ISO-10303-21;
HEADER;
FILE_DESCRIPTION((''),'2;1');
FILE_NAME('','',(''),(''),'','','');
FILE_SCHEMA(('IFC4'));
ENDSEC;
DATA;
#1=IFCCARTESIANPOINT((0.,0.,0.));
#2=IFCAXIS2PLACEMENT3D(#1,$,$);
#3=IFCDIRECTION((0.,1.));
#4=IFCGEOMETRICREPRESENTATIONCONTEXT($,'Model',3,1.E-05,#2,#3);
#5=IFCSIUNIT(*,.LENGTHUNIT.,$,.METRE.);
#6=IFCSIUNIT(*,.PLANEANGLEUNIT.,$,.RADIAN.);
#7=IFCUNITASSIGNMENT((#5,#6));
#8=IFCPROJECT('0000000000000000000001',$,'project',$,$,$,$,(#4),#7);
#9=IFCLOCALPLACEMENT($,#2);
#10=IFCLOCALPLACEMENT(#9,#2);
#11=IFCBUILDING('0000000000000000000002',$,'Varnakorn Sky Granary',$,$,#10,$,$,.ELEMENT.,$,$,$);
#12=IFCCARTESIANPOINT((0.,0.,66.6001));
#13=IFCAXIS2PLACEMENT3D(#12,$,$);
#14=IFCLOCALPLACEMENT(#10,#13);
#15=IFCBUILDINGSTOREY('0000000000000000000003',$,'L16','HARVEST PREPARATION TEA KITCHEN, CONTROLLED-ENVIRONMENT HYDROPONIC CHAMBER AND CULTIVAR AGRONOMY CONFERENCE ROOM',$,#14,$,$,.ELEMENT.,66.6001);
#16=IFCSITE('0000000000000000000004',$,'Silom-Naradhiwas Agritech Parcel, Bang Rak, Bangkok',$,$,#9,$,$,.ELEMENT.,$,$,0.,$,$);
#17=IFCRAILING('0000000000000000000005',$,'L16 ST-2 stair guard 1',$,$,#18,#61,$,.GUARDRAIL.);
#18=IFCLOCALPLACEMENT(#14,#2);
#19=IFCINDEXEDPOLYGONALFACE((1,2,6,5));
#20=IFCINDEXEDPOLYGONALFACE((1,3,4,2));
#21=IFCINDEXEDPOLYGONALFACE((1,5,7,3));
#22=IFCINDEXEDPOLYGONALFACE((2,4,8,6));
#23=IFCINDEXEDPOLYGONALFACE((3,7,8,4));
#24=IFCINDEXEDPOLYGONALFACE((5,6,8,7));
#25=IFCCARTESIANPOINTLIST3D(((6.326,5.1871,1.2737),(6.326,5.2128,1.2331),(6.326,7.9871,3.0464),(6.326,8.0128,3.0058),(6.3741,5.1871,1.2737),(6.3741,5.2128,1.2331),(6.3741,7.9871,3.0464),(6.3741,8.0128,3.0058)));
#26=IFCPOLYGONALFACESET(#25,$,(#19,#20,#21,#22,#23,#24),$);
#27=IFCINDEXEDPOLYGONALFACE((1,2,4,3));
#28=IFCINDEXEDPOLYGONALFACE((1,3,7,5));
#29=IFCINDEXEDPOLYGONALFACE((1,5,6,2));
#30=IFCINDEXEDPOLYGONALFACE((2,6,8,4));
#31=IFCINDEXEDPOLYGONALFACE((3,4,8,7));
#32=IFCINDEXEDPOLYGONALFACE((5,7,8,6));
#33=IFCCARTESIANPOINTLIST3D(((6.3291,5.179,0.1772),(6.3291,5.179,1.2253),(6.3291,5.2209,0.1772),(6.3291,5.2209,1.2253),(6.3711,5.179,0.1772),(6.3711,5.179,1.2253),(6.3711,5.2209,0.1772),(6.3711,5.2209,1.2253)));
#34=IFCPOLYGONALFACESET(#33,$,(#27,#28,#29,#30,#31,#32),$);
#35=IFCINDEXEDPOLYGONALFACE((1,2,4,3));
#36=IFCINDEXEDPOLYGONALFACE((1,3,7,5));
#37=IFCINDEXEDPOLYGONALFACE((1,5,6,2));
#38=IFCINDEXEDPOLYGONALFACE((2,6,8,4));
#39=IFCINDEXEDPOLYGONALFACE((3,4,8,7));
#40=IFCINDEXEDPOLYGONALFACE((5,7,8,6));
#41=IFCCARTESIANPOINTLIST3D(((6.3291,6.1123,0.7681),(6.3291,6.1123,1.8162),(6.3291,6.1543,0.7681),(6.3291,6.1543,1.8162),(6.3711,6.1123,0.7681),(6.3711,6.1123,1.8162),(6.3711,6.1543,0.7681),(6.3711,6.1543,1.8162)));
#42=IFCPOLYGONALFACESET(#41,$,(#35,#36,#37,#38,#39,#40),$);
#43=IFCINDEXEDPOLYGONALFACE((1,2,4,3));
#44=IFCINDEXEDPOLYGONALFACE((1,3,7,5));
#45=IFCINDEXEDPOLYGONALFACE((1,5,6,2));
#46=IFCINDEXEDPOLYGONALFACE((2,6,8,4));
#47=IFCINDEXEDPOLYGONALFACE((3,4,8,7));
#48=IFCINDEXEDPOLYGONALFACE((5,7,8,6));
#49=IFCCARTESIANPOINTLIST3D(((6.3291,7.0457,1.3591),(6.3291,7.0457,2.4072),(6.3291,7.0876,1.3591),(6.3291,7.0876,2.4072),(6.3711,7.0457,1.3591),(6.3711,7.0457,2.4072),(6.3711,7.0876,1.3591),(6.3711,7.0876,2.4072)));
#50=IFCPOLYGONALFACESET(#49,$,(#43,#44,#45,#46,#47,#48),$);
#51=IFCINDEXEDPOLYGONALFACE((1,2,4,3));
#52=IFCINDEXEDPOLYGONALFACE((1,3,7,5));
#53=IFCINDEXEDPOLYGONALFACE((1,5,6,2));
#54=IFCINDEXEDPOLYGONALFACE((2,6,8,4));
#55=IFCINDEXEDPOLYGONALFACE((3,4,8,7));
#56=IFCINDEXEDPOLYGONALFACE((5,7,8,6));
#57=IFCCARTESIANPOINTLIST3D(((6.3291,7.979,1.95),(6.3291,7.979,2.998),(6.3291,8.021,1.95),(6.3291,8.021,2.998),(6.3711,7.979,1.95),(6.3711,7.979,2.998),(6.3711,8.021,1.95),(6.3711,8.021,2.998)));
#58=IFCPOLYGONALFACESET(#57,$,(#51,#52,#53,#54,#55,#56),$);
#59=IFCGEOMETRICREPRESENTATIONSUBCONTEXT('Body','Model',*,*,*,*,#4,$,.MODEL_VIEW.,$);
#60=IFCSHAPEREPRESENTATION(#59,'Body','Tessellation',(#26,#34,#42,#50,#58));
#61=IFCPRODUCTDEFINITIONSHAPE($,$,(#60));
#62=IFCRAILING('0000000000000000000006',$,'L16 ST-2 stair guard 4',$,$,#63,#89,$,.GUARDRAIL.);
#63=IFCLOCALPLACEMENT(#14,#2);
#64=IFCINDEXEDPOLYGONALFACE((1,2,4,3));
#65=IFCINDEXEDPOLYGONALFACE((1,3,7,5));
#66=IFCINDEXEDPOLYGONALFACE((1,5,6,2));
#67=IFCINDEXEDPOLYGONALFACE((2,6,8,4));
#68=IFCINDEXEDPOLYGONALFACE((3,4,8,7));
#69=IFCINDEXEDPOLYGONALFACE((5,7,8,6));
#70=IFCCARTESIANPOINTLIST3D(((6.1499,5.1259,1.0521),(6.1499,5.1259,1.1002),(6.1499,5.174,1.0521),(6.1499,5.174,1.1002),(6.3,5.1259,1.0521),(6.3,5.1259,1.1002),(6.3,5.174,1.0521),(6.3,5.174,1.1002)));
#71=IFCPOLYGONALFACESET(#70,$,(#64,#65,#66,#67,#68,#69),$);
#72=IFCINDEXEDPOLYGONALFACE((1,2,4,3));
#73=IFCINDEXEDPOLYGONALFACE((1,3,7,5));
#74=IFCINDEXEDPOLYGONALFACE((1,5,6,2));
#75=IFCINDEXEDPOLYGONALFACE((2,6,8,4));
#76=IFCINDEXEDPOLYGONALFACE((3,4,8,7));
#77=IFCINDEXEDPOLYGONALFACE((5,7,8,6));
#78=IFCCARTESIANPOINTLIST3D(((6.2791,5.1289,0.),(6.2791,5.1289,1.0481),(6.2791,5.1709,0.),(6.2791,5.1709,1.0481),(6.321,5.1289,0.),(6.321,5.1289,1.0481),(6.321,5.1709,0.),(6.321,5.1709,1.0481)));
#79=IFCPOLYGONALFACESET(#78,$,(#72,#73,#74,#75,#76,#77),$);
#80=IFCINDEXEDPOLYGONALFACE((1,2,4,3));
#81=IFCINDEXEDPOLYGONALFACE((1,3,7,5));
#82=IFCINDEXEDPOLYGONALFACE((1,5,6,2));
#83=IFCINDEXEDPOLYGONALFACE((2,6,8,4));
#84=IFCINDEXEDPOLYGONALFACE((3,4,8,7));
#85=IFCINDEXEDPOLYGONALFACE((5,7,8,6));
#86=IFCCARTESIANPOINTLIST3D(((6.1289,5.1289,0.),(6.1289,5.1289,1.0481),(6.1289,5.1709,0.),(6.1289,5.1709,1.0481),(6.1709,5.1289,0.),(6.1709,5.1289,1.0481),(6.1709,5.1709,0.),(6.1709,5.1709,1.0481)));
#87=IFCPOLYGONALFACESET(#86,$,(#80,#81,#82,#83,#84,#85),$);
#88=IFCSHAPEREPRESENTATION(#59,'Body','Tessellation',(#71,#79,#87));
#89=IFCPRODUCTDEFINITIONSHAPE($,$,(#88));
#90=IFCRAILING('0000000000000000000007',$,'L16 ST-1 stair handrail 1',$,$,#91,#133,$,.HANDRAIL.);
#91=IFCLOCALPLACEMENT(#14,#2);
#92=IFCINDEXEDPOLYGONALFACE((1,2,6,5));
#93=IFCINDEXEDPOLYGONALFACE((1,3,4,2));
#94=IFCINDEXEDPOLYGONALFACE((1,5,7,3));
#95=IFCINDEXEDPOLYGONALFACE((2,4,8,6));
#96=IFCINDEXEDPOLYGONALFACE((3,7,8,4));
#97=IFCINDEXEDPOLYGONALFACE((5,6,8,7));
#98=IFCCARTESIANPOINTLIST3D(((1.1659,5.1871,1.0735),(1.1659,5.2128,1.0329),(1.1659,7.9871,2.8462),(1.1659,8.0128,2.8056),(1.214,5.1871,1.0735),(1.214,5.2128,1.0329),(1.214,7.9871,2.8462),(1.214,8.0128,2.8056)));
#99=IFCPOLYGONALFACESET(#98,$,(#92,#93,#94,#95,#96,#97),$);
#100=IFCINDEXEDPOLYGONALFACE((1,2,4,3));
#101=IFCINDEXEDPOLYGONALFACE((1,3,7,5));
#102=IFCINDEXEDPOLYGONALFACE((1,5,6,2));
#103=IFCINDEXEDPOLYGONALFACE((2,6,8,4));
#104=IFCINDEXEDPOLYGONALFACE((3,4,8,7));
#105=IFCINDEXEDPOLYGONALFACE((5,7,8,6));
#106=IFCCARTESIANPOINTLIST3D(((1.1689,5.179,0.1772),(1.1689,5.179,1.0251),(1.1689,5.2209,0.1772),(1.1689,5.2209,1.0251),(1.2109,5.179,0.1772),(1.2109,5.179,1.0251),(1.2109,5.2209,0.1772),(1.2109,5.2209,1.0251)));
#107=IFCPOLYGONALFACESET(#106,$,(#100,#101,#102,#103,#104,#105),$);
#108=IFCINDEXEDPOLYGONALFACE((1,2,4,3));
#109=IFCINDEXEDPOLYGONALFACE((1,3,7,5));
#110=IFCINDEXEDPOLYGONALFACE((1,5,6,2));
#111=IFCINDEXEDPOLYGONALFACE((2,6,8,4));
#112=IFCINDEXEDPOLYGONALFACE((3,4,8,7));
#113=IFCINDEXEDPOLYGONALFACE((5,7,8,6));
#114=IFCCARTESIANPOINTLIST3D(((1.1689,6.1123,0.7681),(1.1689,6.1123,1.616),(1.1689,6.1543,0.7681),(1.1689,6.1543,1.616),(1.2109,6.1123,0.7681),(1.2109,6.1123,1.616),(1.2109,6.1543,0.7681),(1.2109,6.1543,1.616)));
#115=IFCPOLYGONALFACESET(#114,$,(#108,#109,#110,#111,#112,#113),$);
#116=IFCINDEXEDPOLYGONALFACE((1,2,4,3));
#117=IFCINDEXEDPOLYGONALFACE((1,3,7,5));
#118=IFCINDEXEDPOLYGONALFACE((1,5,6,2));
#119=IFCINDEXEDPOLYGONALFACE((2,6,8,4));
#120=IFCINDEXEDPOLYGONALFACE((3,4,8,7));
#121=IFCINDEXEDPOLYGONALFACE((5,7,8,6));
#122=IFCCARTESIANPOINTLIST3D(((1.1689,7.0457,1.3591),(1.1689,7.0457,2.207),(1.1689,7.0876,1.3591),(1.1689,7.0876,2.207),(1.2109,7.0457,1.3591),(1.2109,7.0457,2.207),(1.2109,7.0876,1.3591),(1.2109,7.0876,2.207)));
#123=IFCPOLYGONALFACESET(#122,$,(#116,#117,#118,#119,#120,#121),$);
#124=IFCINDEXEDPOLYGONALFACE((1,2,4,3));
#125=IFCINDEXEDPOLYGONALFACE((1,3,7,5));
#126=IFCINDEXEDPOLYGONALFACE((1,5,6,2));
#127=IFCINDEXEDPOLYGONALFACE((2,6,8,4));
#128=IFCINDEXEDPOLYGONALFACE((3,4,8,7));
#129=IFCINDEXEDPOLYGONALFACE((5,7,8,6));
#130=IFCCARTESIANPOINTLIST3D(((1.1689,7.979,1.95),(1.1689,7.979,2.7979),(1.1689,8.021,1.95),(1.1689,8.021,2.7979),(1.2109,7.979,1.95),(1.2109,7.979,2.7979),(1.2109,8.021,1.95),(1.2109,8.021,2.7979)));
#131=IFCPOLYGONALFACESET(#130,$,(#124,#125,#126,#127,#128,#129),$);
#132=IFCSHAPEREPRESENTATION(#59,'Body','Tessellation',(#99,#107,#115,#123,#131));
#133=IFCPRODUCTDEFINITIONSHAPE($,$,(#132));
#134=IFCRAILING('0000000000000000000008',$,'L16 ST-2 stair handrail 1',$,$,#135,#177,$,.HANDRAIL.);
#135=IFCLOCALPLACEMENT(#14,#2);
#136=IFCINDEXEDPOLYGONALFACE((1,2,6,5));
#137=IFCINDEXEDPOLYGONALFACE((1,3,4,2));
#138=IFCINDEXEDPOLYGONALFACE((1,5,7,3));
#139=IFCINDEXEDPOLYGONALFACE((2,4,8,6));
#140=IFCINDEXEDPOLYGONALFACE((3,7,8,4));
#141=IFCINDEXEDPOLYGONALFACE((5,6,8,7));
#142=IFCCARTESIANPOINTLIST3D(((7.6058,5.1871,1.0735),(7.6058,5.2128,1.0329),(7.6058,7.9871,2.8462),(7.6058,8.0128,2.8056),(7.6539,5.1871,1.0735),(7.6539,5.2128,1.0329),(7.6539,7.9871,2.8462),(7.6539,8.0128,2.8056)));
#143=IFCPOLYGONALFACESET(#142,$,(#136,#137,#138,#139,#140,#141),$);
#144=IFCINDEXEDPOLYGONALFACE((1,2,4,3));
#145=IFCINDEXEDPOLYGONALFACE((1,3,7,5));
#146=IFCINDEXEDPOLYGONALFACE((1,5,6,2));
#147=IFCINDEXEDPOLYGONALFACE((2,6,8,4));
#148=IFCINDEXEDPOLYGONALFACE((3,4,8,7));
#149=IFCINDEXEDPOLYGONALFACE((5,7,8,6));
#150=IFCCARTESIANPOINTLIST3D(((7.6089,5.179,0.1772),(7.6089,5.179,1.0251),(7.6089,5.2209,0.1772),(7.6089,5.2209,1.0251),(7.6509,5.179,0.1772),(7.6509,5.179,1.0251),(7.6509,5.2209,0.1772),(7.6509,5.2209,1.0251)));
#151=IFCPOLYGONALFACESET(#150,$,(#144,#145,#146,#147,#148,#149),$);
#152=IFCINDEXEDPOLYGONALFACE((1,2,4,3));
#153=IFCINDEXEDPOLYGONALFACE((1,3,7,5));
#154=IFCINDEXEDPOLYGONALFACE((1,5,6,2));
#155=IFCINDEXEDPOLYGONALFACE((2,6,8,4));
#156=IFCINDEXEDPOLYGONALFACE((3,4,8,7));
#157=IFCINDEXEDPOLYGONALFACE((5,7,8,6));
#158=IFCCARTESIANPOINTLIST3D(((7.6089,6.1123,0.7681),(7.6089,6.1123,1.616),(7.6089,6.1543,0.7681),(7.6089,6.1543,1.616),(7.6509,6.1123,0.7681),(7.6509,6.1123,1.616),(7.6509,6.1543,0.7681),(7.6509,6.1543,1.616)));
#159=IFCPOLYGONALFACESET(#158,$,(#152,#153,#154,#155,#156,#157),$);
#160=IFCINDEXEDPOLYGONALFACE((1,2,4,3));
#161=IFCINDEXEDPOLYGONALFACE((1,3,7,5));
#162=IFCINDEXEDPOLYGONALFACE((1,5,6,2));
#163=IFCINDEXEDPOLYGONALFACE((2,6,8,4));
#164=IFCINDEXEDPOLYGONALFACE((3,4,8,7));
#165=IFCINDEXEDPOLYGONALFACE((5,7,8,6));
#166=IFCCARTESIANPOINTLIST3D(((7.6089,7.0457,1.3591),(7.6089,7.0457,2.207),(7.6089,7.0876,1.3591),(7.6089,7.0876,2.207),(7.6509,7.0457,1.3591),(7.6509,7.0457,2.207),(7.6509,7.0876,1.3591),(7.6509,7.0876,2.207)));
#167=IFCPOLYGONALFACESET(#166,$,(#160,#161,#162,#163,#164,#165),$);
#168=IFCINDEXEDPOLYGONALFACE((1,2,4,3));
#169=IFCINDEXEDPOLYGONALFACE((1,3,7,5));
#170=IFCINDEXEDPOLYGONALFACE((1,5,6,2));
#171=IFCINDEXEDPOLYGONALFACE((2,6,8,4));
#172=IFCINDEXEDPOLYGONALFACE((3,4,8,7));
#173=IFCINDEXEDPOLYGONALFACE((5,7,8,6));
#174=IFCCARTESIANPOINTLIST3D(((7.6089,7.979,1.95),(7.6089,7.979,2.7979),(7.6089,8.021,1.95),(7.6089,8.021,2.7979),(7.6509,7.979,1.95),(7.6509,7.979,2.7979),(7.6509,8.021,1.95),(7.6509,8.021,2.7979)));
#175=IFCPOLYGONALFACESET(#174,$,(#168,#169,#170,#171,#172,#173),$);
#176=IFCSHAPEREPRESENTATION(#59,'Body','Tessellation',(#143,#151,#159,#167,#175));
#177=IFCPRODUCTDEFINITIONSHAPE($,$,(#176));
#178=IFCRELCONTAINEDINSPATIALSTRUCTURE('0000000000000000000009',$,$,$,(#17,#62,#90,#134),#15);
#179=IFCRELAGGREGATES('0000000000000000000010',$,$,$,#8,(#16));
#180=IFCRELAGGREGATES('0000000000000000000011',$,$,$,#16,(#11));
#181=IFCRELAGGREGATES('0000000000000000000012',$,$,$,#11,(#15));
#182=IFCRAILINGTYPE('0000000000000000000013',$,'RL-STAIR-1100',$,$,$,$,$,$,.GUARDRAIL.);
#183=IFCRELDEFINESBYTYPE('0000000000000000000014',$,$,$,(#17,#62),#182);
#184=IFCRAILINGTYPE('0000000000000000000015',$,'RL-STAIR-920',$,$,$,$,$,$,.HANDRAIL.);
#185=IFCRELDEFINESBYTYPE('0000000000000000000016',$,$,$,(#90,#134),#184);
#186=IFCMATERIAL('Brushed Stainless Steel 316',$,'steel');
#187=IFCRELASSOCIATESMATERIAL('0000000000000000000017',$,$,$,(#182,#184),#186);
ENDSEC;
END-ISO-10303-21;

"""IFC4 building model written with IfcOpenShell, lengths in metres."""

from ifc_helpers import new_model, si_unit, direction, frame, origin, origin_2d, place, context, subcontext, project, spatial, rectangle, extrude, material, type_object, element, save


model = new_model("IFC4")

# Units and contexts
model_context = context("Model", 3, precision=1e-05, world=origin(), true_north=direction((0.0, 1.0)))
body_context = subcontext(model_context, "Body", "Model", "MODEL_VIEW")
ifc_project = project(units=[si_unit("LENGTHUNIT", "METRE"), si_unit("PLANEANGLEUNIT", "RADIAN")], contexts=[model_context])

# Site, building, storey
site_placement = place(None, origin())
site = spatial("IfcSite", under=ifc_project, at=site_placement, Name="Silom-Naradhiwas Agritech Parcel, Bang Rak, Bangkok", CompositionType="ELEMENT", RefElevation=0.0)
building_placement = place(site_placement, origin())
building = spatial("IfcBuilding", under=site, at=building_placement, Name="Varnakorn Sky Granary", CompositionType="ELEMENT")
storey_placement = place(building_placement, frame((0.0, 0.0, 66.6001)))
storey = spatial("IfcBuildingStorey", under=building, at=storey_placement, Name="L16", Description="HARVEST PREPARATION TEA KITCHEN, CONTROLLED-ENVIRONMENT HYDROPONIC CHAMBER AND CULTIVAR AGRONOMY CONFERENCE ROOM", CompositionType="ELEMENT", Elevation=66.6001)

# Railings
ifc_material_1 = material(Name="Brushed Stainless Steel 316", Category="steel")
railing_type_1 = type_object("IfcRailingType", Name="RL-STAIR-1100", PredefinedType="GUARDRAIL", material=ifc_material_1)
railing_1_placement = place(storey_placement, frame((6.3501, 5.2, 0.1772)))
element("IfcRailing", 1, at=railing_1_placement, inside=storey, type_object=railing_type_1, Name="L16 ST-2 stair guard 1", PredefinedType="GUARDRAIL", context=body_context, shape_type="SweptSolid", body=[
    extrude(rectangle(XDim=0.0481, YDim=0.0481, at=origin_2d()), frame((0.0, 0.0, 1.0762), z_axis=(0.0, 0.844909, 0.53491), x_axis=(-1.0, 0.0, 0.0)), (0.0, 0.0, 1.0), 3.314),
    extrude(rectangle(XDim=0.042, YDim=0.042, at=origin_2d()), origin(), (0.0, 0.0, 1.0), 1.0481),
    extrude(rectangle(XDim=0.042, YDim=0.042, at=origin_2d()), frame((0.0, 0.9333, 0.5908)), (0.0, 0.0, 1.0), 1.0481),
    extrude(rectangle(XDim=0.042, YDim=0.042, at=origin_2d()), frame((0.0, 1.8667, 1.1819)), (0.0, 0.0, 1.0), 1.0481),
    extrude(rectangle(XDim=0.042, YDim=0.042, at=origin_2d()), frame((0.0, 2.8, 1.7727)), (0.0, 0.0, 1.0), 1.0481),
])
railing_2_placement = place(storey_placement, frame((6.3, 5.1499, 0.0)))
element("IfcRailing", 2, at=railing_2_placement, inside=storey, type_object=railing_type_1, Name="L16 ST-2 stair guard 4", PredefinedType="GUARDRAIL", context=body_context, shape_type="SweptSolid", body=[
    extrude(rectangle(XDim=0.0481, YDim=0.0481, at=origin_2d()), frame((0.0, 0.0, 1.0762), z_axis=(-1.0, 0.0, 0.0), x_axis=(0.0, -1.0, 0.0)), (0.0, 0.0, 1.0), 0.1501),
    extrude(rectangle(XDim=0.042, YDim=0.042, at=origin_2d()), origin(), (0.0, 0.0, 1.0), 1.0481),
    extrude(rectangle(XDim=0.042, YDim=0.042, at=origin_2d()), frame((-0.1501, 0.0, 0.0)), (0.0, 0.0, 1.0), 1.0481),
])
railing_type_2 = type_object("IfcRailingType", Name="RL-STAIR-920", PredefinedType="HANDRAIL", material=ifc_material_1)
for number, where, name in (
    (3, (1.1899, 5.2, 0.1772), "L16 ST-1 stair handrail 1"),
    (4, (7.6299, 5.2, 0.1772), "L16 ST-2 stair handrail 1"),
):
    element("IfcRailing", number, at=place(storey_placement, frame(where)), inside=storey, type_object=railing_type_2, Name=name, PredefinedType="HANDRAIL", context=body_context, shape_type="SweptSolid", body=[
        extrude(rectangle(XDim=0.0481, YDim=0.0481, at=origin_2d()), frame((0.0, 0.0, 0.876), z_axis=(0.0, 0.844909, 0.53491), x_axis=(-1.0, 0.0, 0.0)), (0.0, 0.0, 1.0), 3.314),
        extrude(rectangle(XDim=0.042, YDim=0.042, at=origin_2d()), origin(), (0.0, 0.0, 1.0), 0.8479),
        extrude(rectangle(XDim=0.042, YDim=0.042, at=origin_2d()), frame((0.0, 0.9333, 0.5908)), (0.0, 0.0, 1.0), 0.8479),
        extrude(rectangle(XDim=0.042, YDim=0.042, at=origin_2d()), frame((0.0, 1.8667, 1.1819)), (0.0, 0.0, 1.0), 0.8479),
        extrude(rectangle(XDim=0.042, YDim=0.042, at=origin_2d()), frame((0.0, 2.8, 1.7727)), (0.0, 0.0, 1.0), 0.8479),
    ])

save(model, "model.ifc")
